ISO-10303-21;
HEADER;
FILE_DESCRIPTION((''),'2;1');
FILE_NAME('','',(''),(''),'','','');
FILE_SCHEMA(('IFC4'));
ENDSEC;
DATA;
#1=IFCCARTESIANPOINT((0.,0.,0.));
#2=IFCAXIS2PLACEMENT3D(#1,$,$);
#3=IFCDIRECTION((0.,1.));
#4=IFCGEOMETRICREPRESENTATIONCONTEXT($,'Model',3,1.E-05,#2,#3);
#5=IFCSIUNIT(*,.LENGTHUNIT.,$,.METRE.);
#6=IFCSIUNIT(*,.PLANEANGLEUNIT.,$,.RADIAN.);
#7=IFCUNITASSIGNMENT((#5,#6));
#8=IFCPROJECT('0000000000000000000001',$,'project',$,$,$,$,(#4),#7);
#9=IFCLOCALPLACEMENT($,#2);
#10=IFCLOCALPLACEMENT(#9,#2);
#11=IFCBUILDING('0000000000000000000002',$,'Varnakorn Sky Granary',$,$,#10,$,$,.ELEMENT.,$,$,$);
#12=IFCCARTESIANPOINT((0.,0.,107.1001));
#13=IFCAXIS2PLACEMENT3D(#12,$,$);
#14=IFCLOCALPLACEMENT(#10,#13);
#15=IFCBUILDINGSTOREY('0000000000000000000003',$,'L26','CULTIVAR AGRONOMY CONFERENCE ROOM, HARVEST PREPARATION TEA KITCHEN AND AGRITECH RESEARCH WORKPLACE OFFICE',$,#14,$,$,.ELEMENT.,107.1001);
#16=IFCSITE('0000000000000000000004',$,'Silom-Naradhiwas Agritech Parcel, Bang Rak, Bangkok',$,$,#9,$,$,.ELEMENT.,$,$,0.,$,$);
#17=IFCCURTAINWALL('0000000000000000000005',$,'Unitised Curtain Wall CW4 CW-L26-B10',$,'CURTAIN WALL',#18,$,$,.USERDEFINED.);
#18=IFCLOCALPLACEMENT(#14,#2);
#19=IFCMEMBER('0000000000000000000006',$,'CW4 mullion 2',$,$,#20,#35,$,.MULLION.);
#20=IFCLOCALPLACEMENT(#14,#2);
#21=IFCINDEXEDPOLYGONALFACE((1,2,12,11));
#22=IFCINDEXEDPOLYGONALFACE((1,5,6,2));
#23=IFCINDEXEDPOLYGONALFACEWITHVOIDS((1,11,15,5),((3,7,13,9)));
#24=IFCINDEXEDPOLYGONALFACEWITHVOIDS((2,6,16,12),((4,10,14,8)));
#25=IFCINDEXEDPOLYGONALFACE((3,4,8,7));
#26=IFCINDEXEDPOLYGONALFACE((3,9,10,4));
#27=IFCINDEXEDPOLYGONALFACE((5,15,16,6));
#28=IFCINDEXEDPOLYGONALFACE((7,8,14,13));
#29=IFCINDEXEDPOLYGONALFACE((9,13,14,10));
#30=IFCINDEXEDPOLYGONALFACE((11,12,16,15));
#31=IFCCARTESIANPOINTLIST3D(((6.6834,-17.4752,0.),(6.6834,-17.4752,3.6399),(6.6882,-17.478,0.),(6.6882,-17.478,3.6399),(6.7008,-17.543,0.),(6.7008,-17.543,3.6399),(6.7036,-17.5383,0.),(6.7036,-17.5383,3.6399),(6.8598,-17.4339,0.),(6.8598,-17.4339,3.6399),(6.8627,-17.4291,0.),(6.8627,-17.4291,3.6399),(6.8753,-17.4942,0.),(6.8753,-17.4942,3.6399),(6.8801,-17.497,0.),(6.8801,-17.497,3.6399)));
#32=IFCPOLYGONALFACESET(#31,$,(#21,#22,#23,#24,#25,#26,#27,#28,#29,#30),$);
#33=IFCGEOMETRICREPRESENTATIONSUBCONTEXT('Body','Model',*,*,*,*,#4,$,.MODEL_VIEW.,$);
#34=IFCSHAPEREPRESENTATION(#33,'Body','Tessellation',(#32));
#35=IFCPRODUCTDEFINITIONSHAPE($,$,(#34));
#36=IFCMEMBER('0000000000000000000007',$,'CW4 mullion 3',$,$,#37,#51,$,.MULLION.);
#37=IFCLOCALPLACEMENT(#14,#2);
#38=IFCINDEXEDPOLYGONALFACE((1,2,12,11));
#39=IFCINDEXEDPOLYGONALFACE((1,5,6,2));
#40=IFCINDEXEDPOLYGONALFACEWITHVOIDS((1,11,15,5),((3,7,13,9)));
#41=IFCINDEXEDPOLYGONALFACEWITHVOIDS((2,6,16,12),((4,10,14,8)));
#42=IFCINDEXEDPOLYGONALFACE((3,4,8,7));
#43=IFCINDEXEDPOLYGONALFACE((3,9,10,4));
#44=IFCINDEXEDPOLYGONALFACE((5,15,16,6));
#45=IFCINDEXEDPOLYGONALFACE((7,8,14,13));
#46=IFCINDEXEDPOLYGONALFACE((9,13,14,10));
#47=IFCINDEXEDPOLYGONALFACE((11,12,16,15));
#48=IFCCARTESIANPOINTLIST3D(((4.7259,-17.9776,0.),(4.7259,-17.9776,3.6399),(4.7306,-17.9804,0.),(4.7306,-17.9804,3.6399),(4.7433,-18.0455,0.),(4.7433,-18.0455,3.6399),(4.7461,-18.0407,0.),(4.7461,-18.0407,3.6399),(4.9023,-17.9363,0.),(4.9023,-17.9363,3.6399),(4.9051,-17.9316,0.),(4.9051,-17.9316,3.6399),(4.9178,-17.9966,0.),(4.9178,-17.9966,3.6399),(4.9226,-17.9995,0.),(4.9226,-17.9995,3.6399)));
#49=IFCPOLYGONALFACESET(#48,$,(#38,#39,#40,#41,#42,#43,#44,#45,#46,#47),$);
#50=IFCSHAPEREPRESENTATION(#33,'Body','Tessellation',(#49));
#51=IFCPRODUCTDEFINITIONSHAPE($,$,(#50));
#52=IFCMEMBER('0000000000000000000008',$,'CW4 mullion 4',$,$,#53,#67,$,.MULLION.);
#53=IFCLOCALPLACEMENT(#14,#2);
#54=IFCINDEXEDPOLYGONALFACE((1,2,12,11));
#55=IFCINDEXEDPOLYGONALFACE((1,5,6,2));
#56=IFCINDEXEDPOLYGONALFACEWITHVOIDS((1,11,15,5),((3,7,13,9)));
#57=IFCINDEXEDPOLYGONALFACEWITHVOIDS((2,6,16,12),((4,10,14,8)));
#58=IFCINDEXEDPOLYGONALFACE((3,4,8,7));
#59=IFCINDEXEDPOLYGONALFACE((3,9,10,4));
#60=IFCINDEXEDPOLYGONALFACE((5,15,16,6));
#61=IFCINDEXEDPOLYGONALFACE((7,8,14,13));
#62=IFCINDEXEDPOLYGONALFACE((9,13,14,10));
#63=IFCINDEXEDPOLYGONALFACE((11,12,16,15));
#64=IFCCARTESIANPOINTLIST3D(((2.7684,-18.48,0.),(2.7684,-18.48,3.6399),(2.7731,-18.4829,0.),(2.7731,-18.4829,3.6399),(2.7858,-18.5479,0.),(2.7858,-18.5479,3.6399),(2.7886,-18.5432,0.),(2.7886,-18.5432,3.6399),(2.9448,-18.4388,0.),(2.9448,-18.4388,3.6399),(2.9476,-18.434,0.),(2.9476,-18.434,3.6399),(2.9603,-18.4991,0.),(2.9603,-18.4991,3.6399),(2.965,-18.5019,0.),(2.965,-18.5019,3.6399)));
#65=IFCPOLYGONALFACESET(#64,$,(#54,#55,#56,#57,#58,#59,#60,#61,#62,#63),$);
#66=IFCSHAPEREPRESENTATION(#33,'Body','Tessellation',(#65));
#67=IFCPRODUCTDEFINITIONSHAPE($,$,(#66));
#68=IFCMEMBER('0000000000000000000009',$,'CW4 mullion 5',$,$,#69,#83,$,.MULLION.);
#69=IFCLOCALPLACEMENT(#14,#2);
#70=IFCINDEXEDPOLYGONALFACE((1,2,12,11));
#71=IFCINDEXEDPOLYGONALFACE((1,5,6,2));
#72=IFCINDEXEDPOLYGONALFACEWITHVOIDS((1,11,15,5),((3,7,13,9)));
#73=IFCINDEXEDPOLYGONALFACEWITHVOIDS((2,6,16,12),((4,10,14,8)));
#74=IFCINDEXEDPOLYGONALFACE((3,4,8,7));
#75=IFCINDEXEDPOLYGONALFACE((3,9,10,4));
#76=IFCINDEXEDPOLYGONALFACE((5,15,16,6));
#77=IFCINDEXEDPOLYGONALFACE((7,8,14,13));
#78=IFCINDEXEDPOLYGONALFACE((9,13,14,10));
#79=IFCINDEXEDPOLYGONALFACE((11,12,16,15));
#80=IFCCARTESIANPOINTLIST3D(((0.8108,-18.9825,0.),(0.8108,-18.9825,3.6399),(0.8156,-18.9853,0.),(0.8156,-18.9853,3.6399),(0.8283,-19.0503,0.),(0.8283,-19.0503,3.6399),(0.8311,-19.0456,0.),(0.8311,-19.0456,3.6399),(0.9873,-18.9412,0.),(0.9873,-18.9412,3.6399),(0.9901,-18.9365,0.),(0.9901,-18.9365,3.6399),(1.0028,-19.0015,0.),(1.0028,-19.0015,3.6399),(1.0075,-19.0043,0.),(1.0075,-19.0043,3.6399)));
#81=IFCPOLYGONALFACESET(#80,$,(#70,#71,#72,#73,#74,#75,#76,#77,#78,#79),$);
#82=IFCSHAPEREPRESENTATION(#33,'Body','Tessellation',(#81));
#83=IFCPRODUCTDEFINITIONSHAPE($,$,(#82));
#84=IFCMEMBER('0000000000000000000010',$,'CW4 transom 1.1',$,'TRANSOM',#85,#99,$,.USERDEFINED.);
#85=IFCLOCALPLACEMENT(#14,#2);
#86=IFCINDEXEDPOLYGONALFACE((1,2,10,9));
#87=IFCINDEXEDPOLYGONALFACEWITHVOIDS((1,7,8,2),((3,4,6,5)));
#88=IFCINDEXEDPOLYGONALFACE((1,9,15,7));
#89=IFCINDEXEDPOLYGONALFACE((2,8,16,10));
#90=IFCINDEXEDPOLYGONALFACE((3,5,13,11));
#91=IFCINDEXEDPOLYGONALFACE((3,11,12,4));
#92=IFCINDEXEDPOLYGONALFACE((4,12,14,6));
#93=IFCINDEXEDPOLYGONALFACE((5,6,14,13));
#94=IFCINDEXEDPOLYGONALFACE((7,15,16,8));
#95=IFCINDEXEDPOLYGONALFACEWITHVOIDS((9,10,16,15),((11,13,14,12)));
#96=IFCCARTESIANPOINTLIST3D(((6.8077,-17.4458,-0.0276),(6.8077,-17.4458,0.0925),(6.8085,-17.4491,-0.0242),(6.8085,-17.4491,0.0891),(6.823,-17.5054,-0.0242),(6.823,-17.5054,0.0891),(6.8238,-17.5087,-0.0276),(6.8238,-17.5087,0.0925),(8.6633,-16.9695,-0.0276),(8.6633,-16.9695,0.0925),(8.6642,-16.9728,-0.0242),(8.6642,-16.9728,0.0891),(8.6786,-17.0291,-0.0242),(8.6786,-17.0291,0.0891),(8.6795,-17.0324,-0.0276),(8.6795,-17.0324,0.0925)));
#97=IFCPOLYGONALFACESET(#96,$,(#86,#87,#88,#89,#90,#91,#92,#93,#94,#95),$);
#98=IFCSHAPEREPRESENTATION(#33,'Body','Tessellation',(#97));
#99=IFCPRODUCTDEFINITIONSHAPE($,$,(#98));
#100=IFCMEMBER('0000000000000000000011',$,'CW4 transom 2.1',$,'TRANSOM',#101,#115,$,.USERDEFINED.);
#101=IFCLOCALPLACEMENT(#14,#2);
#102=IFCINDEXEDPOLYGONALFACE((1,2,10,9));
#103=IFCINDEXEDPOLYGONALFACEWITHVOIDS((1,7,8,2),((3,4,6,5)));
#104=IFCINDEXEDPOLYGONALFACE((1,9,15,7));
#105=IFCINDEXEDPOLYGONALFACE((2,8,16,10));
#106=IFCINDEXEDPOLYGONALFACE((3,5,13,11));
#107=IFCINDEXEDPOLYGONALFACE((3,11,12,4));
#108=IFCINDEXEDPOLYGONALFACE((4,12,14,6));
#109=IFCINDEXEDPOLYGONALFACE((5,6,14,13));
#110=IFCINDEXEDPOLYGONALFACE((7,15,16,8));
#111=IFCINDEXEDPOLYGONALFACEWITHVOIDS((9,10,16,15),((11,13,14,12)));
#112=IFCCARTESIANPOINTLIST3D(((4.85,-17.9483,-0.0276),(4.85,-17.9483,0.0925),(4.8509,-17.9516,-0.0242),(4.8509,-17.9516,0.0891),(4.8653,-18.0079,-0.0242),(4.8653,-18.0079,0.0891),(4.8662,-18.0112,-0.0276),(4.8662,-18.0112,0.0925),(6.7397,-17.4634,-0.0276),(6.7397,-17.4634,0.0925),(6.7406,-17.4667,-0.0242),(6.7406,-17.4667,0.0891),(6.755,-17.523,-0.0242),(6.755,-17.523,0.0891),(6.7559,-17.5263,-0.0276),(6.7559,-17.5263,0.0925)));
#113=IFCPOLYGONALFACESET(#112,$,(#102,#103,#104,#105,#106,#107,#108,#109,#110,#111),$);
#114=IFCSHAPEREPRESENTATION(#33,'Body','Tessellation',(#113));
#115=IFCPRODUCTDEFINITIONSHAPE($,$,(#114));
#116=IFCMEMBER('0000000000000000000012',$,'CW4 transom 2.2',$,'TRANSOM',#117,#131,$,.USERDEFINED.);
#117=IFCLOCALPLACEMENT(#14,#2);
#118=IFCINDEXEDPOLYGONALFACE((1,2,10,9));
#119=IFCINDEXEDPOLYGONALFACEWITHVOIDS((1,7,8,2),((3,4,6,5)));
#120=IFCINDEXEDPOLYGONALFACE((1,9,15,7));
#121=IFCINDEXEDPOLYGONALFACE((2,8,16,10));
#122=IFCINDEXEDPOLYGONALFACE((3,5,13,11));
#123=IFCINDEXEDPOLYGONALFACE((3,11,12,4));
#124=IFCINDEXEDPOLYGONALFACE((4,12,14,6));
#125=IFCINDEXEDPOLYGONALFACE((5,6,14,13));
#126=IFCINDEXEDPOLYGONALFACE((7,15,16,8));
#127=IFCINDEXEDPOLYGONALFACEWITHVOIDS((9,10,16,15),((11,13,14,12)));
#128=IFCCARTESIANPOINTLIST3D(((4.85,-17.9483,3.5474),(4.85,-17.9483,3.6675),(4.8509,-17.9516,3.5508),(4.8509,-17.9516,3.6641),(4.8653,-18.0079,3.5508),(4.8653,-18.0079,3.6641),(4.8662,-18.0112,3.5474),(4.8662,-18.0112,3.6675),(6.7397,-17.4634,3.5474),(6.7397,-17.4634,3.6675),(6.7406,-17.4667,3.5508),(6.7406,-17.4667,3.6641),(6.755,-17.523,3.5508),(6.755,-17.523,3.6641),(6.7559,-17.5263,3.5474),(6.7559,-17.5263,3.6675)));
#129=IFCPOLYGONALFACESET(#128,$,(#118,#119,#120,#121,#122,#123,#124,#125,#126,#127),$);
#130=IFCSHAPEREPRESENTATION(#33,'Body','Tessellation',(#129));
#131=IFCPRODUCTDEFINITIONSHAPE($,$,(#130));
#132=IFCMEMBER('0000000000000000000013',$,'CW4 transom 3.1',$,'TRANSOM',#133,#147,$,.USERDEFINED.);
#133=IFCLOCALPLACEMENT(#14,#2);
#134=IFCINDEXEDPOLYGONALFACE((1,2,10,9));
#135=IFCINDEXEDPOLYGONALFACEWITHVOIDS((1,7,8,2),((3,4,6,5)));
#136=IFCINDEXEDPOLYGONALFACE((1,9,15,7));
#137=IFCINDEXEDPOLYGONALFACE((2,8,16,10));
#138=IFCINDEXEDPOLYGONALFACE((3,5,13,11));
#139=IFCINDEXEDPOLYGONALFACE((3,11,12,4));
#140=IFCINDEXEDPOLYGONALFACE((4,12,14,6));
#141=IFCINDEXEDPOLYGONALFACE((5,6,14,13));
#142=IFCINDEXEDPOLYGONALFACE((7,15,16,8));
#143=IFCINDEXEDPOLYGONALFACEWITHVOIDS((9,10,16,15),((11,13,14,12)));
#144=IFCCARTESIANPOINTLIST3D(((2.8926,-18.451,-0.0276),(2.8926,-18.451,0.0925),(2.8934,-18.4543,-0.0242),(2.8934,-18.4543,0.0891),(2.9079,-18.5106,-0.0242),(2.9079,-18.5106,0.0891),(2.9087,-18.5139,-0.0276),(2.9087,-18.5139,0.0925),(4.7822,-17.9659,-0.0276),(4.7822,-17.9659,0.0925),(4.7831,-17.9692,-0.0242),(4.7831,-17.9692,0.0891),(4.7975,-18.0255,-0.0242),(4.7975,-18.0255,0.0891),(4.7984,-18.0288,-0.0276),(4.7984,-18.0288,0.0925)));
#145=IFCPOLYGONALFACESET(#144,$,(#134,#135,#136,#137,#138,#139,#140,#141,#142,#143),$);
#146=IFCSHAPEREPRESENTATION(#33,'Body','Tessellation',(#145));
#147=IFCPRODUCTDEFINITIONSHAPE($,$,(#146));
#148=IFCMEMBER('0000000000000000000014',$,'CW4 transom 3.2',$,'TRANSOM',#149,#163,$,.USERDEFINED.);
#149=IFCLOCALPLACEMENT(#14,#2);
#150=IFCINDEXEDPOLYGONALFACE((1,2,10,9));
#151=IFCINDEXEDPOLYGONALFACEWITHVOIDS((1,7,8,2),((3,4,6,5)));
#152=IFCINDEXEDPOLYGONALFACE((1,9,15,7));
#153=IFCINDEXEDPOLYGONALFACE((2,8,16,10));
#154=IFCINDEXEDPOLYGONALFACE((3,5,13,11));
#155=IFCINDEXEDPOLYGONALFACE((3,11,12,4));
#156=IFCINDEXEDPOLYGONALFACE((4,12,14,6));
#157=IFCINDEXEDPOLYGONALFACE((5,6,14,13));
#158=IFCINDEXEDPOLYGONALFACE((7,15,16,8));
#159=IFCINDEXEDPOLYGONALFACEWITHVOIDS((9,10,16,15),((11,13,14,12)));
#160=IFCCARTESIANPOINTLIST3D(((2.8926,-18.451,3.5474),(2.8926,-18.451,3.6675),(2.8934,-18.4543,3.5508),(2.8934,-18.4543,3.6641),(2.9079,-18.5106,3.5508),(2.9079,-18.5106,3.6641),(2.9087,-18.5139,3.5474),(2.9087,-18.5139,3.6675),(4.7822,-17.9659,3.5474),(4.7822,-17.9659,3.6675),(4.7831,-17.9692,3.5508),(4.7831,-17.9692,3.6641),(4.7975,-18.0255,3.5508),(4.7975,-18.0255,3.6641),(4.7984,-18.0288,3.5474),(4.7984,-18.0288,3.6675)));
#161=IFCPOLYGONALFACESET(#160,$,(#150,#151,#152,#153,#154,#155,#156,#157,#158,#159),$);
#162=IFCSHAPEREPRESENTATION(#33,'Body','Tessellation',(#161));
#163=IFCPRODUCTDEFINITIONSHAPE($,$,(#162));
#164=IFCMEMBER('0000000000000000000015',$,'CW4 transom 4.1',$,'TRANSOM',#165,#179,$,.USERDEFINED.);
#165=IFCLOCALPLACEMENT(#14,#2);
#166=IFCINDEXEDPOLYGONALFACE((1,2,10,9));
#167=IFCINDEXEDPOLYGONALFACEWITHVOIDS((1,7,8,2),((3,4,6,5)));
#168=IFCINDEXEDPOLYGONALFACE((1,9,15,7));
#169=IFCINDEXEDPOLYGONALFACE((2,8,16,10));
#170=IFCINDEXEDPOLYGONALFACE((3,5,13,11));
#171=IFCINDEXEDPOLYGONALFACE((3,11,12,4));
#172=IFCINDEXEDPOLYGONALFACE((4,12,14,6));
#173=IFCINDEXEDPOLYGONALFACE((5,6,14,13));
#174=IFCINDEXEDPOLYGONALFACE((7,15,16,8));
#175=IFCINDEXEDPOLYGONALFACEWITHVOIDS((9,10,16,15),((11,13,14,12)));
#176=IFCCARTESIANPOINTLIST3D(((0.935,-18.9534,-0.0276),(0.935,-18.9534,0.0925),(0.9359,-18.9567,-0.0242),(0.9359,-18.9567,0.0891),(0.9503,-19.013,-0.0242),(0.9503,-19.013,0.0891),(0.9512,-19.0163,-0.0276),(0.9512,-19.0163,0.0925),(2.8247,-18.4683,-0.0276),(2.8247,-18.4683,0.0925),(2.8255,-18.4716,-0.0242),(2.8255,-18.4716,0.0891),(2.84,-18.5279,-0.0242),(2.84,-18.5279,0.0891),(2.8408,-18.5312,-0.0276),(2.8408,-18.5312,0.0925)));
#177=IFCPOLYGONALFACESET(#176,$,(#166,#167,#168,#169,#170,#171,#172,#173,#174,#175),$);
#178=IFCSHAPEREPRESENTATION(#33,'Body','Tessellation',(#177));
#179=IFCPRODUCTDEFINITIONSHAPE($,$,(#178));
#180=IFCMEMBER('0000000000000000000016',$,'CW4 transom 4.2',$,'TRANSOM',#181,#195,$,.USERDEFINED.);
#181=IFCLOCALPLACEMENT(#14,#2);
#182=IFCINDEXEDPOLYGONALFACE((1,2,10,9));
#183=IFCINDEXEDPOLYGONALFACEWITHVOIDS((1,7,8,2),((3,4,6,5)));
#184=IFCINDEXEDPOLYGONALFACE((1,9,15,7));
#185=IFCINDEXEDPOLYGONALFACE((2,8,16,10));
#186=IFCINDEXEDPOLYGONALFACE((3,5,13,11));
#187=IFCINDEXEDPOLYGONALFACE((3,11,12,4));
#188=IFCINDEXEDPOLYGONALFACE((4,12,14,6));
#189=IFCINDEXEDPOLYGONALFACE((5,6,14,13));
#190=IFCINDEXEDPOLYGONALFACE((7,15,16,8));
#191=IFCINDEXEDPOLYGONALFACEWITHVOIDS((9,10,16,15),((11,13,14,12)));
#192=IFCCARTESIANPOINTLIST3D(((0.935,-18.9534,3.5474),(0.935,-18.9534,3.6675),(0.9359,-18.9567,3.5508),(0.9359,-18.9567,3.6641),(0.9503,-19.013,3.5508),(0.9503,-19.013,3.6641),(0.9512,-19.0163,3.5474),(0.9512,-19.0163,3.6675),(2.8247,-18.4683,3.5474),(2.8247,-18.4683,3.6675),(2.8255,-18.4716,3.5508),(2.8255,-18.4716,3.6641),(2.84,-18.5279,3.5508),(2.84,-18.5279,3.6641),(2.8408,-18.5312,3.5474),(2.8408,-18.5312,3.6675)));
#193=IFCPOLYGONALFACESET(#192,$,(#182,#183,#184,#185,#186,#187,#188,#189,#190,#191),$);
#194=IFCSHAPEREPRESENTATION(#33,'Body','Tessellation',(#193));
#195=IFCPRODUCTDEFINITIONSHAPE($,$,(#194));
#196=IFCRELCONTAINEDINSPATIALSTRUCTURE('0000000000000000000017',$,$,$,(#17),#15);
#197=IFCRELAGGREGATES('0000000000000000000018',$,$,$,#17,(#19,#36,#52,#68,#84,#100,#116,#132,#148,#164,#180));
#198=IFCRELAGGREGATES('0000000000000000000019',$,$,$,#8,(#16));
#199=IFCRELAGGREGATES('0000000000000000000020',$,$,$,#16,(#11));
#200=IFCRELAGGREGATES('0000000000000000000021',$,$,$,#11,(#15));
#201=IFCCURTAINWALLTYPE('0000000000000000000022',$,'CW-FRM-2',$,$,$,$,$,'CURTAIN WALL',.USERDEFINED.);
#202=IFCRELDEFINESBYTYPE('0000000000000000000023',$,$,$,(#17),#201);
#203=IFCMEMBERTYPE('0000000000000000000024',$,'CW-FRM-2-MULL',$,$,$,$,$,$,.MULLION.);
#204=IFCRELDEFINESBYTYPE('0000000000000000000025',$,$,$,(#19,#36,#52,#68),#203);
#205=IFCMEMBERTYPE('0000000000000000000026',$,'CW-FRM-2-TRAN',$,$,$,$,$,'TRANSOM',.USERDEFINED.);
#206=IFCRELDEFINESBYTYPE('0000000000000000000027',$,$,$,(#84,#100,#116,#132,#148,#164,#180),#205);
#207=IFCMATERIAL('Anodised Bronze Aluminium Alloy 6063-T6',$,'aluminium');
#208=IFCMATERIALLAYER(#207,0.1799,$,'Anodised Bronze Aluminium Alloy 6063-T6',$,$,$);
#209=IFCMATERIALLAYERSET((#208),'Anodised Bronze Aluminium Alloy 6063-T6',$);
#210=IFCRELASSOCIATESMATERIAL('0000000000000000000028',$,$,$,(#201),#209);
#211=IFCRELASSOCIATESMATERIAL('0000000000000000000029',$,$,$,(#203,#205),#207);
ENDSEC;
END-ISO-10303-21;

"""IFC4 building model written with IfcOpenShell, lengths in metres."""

from ifc_helpers import new_model, si_unit, direction, frame, origin, origin_2d, place, context, subcontext, project, spatial, hollow_rectangle, extrude, material, layer, layer_set, material_profile, profile_set, type_object, element, aggregate, save


model = new_model("IFC4")

# Units and contexts
model_context = context("Model", 3, precision=1e-05, world=origin(), true_north=direction((0.0, 1.0)))
body_context = subcontext(model_context, "Body", "Model", "MODEL_VIEW")
ifc_project = project(units=[si_unit("LENGTHUNIT", "METRE"), si_unit("PLANEANGLEUNIT", "RADIAN")], contexts=[model_context])

# Site, building, storey
site_placement = place(None, origin())
site = spatial("IfcSite", under=ifc_project, at=site_placement, Name="Silom-Naradhiwas Agritech Parcel, Bang Rak, Bangkok", CompositionType="ELEMENT", RefElevation=0.0)
building_placement = place(site_placement, origin())
building = spatial("IfcBuilding", under=site, at=building_placement, Name="Varnakorn Sky Granary", CompositionType="ELEMENT")
storey_placement = place(building_placement, frame((0.0, 0.0, 107.1001)))
storey = spatial("IfcBuildingStorey", under=building, at=storey_placement, Name="L26", Description="CULTIVAR AGRONOMY CONFERENCE ROOM, HARVEST PREPARATION TEA KITCHEN AND AGRITECH RESEARCH WORKPLACE OFFICE", CompositionType="ELEMENT", Elevation=107.1001)

# Curtain wall, members
ifc_material_1 = material(Name="Anodised Bronze Aluminium Alloy 6063-T6", Category="aluminium")
ifc_layer_1 = layer(ifc_material_1, 0.1799, Name="Anodised Bronze Aluminium Alloy 6063-T6")
ifc_layer_set_1 = layer_set([ifc_layer_1], Name="Anodised Bronze Aluminium Alloy 6063-T6")
curtain_wall_type = type_object("IfcCurtainWallType", Name="CW-FRM-2", ElementType="CURTAIN WALL", PredefinedType="USERDEFINED", material=ifc_layer_set_1)
curtain_wall_placement = place(storey_placement, origin())
curtain_wall = element("IfcCurtainWall", 1, at=curtain_wall_placement, inside=storey, type_object=curtain_wall_type, Name="Unitised Curtain Wall CW4 CW-L26-B10", ObjectType="CURTAIN WALL", PredefinedType="USERDEFINED")
ifc_material_profile_1 = material_profile(ifc_material_1, hollow_rectangle(XDim=0.0701, YDim=0.1851, WallThickness=0.0039, at=origin_2d()), Name="ALU MULL 70x185")
ifc_profile_set_1 = profile_set([ifc_material_profile_1], Name="Anodised Bronze Aluminium Alloy 6063-T6")
member_type_1 = type_object("IfcMemberType", Name="CW-FRM-2-MULL", PredefinedType="MULLION", material=ifc_profile_set_1)
member_1_placement = place(storey_placement, frame((6.7817, -17.4861, 0.0), z_axis=(0.0, 0.0, 1.0), x_axis=(0.248636, -0.968597, 0.0)))
member_1 = element("IfcMember", 2, at=member_1_placement, type_object=member_type_1, Name="CW4 mullion 2", PredefinedType="MULLION", context=body_context, shape_type="SweptSolid", body=[
    extrude(hollow_rectangle(XDim=0.0701, YDim=0.1851, WallThickness=0.0039, at=origin_2d()), origin(), (0.0, 0.0, 1.0), 3.6399),
])
member_2_placement = place(storey_placement, frame((4.8242, -17.9885, 0.0), z_axis=(0.0, 0.0, 1.0), x_axis=(0.248636, -0.968597, 0.0)))
member_2 = element("IfcMember", 3, at=member_2_placement, type_object=member_type_1, Name="CW4 mullion 3", PredefinedType="MULLION", context=body_context, shape_type="SweptSolid", body=[
    extrude(hollow_rectangle(XDim=0.0701, YDim=0.1851, WallThickness=0.0039, at=origin_2d()), origin(), (0.0, 0.0, 1.0), 3.6399),
])
member_3_placement = place(storey_placement, frame((2.8667, -18.491, 0.0), z_axis=(0.0, 0.0, 1.0), x_axis=(0.248636, -0.968597, 0.0)))
member_3 = element("IfcMember", 4, at=member_3_placement, type_object=member_type_1, Name="CW4 mullion 4", PredefinedType="MULLION", context=body_context, shape_type="SweptSolid", body=[
    extrude(hollow_rectangle(XDim=0.0701, YDim=0.1851, WallThickness=0.0039, at=origin_2d()), origin(), (0.0, 0.0, 1.0), 3.6399),
])
member_4_placement = place(storey_placement, frame((0.9092, -18.9934, 0.0), z_axis=(0.0, 0.0, 1.0), x_axis=(0.248636, -0.968597, 0.0)))
member_4 = element("IfcMember", 5, at=member_4_placement, type_object=member_type_1, Name="CW4 mullion 5", PredefinedType="MULLION", context=body_context, shape_type="SweptSolid", body=[
    extrude(hollow_rectangle(XDim=0.0701, YDim=0.1851, WallThickness=0.0039, at=origin_2d()), origin(), (0.0, 0.0, 1.0), 3.6399),
])
ifc_material_profile_2 = material_profile(ifc_material_1, hollow_rectangle(XDim=0.0649, YDim=0.1201, WallThickness=0.0034, at=origin_2d()), Name="ALU TRAN 65x120")
ifc_profile_set_2 = profile_set([ifc_material_profile_2], Name="Anodised Bronze Aluminium Alloy 6063-T6")
member_type_2 = type_object("IfcMemberType", Name="CW-FRM-2-TRAN", ElementType="TRANSOM", PredefinedType="USERDEFINED", material=ifc_profile_set_2)
member_5_placement = place(storey_placement, frame((8.6714, -17.001, 0.0325), z_axis=(-0.968602, -0.248618, 0.0), x_axis=(0.248618, -0.968602, 0.0)))
member_5 = element("IfcMember", 6, at=member_5_placement, type_object=member_type_2, Name="CW4 transom 1.1", ObjectType="TRANSOM", PredefinedType="USERDEFINED", context=body_context, shape_type="SweptSolid", body=[
    extrude(hollow_rectangle(XDim=0.0649, YDim=0.1201, WallThickness=0.0034, at=origin_2d()), origin(), (0.0, 0.0, 1.0), 1.9158),
])
member_6_placement = place(storey_placement, frame((6.7478, -17.4949, 0.0325), z_axis=(-0.968622, -0.248538, 0.0), x_axis=(0.248538, -0.968622, 0.0)))
member_6 = element("IfcMember", 7, at=member_6_placement, type_object=member_type_2, Name="CW4 transom 2.1", ObjectType="TRANSOM", PredefinedType="USERDEFINED", context=body_context, shape_type="SweptSolid", body=[
    extrude(hollow_rectangle(XDim=0.0649, YDim=0.1201, WallThickness=0.0034, at=origin_2d()), origin(), (0.0, 0.0, 1.0), 1.9509),
])
member_7_placement = place(storey_placement, frame((6.7478, -17.4949, 3.6074), z_axis=(-0.968622, -0.248538, 0.0), x_axis=(0.248538, -0.968622, 0.0)))
member_7 = element("IfcMember", 8, at=member_7_placement, type_object=member_type_2, Name="CW4 transom 2.2", ObjectType="TRANSOM", PredefinedType="USERDEFINED", context=body_context, shape_type="SweptSolid", body=[
    extrude(hollow_rectangle(XDim=0.0649, YDim=0.1201, WallThickness=0.0034, at=origin_2d()), origin(), (0.0, 0.0, 1.0), 1.9509),
])
member_8_placement = place(storey_placement, frame((4.7903, -17.9973, 0.0325), z_axis=(-0.968592, -0.248655, 0.0), x_axis=(0.248655, -0.968592, 0.0)))
member_8 = element("IfcMember", 9, at=member_8_placement, type_object=member_type_2, Name="CW4 transom 3.1", ObjectType="TRANSOM", PredefinedType="USERDEFINED", context=body_context, shape_type="SweptSolid", body=[
    extrude(hollow_rectangle(XDim=0.0649, YDim=0.1201, WallThickness=0.0034, at=origin_2d()), origin(), (0.0, 0.0, 1.0), 1.9509),
])
member_9_placement = place(storey_placement, frame((4.7903, -17.9973, 3.6074), z_axis=(-0.968592, -0.248655, 0.0), x_axis=(0.248655, -0.968592, 0.0)))
member_9 = element("IfcMember", 10, at=member_9_placement, type_object=member_type_2, Name="CW4 transom 3.2", ObjectType="TRANSOM", PredefinedType="USERDEFINED", context=body_context, shape_type="SweptSolid", body=[
    extrude(hollow_rectangle(XDim=0.0649, YDim=0.1201, WallThickness=0.0034, at=origin_2d()), origin(), (0.0, 0.0, 1.0), 1.9509),
])
member_10_placement = place(storey_placement, frame((2.8328, -18.4998, 0.0325), z_axis=(-0.968592, -0.248655, 0.0), x_axis=(0.248655, -0.968592, 0.0)))
member_10 = element("IfcMember", 11, at=member_10_placement, type_object=member_type_2, Name="CW4 transom 4.1", ObjectType="TRANSOM", PredefinedType="USERDEFINED", context=body_context, shape_type="SweptSolid", body=[
    extrude(hollow_rectangle(XDim=0.0649, YDim=0.1201, WallThickness=0.0034, at=origin_2d()), origin(), (0.0, 0.0, 1.0), 1.9509),
])
member_11_placement = place(storey_placement, frame((2.8328, -18.4998, 3.6074), z_axis=(-0.968592, -0.248655, 0.0), x_axis=(0.248655, -0.968592, 0.0)))
member_11 = element("IfcMember", 12, at=member_11_placement, type_object=member_type_2, Name="CW4 transom 4.2", ObjectType="TRANSOM", PredefinedType="USERDEFINED", context=body_context, shape_type="SweptSolid", body=[
    extrude(hollow_rectangle(XDim=0.0649, YDim=0.1201, WallThickness=0.0034, at=origin_2d()), origin(), (0.0, 0.0, 1.0), 1.9509),
])

aggregate(curtain_wall, [member_1, member_2, member_3, member_4, member_5, member_6, member_7, member_8, member_9, member_10, member_11])

save(model, "model.ifc")
